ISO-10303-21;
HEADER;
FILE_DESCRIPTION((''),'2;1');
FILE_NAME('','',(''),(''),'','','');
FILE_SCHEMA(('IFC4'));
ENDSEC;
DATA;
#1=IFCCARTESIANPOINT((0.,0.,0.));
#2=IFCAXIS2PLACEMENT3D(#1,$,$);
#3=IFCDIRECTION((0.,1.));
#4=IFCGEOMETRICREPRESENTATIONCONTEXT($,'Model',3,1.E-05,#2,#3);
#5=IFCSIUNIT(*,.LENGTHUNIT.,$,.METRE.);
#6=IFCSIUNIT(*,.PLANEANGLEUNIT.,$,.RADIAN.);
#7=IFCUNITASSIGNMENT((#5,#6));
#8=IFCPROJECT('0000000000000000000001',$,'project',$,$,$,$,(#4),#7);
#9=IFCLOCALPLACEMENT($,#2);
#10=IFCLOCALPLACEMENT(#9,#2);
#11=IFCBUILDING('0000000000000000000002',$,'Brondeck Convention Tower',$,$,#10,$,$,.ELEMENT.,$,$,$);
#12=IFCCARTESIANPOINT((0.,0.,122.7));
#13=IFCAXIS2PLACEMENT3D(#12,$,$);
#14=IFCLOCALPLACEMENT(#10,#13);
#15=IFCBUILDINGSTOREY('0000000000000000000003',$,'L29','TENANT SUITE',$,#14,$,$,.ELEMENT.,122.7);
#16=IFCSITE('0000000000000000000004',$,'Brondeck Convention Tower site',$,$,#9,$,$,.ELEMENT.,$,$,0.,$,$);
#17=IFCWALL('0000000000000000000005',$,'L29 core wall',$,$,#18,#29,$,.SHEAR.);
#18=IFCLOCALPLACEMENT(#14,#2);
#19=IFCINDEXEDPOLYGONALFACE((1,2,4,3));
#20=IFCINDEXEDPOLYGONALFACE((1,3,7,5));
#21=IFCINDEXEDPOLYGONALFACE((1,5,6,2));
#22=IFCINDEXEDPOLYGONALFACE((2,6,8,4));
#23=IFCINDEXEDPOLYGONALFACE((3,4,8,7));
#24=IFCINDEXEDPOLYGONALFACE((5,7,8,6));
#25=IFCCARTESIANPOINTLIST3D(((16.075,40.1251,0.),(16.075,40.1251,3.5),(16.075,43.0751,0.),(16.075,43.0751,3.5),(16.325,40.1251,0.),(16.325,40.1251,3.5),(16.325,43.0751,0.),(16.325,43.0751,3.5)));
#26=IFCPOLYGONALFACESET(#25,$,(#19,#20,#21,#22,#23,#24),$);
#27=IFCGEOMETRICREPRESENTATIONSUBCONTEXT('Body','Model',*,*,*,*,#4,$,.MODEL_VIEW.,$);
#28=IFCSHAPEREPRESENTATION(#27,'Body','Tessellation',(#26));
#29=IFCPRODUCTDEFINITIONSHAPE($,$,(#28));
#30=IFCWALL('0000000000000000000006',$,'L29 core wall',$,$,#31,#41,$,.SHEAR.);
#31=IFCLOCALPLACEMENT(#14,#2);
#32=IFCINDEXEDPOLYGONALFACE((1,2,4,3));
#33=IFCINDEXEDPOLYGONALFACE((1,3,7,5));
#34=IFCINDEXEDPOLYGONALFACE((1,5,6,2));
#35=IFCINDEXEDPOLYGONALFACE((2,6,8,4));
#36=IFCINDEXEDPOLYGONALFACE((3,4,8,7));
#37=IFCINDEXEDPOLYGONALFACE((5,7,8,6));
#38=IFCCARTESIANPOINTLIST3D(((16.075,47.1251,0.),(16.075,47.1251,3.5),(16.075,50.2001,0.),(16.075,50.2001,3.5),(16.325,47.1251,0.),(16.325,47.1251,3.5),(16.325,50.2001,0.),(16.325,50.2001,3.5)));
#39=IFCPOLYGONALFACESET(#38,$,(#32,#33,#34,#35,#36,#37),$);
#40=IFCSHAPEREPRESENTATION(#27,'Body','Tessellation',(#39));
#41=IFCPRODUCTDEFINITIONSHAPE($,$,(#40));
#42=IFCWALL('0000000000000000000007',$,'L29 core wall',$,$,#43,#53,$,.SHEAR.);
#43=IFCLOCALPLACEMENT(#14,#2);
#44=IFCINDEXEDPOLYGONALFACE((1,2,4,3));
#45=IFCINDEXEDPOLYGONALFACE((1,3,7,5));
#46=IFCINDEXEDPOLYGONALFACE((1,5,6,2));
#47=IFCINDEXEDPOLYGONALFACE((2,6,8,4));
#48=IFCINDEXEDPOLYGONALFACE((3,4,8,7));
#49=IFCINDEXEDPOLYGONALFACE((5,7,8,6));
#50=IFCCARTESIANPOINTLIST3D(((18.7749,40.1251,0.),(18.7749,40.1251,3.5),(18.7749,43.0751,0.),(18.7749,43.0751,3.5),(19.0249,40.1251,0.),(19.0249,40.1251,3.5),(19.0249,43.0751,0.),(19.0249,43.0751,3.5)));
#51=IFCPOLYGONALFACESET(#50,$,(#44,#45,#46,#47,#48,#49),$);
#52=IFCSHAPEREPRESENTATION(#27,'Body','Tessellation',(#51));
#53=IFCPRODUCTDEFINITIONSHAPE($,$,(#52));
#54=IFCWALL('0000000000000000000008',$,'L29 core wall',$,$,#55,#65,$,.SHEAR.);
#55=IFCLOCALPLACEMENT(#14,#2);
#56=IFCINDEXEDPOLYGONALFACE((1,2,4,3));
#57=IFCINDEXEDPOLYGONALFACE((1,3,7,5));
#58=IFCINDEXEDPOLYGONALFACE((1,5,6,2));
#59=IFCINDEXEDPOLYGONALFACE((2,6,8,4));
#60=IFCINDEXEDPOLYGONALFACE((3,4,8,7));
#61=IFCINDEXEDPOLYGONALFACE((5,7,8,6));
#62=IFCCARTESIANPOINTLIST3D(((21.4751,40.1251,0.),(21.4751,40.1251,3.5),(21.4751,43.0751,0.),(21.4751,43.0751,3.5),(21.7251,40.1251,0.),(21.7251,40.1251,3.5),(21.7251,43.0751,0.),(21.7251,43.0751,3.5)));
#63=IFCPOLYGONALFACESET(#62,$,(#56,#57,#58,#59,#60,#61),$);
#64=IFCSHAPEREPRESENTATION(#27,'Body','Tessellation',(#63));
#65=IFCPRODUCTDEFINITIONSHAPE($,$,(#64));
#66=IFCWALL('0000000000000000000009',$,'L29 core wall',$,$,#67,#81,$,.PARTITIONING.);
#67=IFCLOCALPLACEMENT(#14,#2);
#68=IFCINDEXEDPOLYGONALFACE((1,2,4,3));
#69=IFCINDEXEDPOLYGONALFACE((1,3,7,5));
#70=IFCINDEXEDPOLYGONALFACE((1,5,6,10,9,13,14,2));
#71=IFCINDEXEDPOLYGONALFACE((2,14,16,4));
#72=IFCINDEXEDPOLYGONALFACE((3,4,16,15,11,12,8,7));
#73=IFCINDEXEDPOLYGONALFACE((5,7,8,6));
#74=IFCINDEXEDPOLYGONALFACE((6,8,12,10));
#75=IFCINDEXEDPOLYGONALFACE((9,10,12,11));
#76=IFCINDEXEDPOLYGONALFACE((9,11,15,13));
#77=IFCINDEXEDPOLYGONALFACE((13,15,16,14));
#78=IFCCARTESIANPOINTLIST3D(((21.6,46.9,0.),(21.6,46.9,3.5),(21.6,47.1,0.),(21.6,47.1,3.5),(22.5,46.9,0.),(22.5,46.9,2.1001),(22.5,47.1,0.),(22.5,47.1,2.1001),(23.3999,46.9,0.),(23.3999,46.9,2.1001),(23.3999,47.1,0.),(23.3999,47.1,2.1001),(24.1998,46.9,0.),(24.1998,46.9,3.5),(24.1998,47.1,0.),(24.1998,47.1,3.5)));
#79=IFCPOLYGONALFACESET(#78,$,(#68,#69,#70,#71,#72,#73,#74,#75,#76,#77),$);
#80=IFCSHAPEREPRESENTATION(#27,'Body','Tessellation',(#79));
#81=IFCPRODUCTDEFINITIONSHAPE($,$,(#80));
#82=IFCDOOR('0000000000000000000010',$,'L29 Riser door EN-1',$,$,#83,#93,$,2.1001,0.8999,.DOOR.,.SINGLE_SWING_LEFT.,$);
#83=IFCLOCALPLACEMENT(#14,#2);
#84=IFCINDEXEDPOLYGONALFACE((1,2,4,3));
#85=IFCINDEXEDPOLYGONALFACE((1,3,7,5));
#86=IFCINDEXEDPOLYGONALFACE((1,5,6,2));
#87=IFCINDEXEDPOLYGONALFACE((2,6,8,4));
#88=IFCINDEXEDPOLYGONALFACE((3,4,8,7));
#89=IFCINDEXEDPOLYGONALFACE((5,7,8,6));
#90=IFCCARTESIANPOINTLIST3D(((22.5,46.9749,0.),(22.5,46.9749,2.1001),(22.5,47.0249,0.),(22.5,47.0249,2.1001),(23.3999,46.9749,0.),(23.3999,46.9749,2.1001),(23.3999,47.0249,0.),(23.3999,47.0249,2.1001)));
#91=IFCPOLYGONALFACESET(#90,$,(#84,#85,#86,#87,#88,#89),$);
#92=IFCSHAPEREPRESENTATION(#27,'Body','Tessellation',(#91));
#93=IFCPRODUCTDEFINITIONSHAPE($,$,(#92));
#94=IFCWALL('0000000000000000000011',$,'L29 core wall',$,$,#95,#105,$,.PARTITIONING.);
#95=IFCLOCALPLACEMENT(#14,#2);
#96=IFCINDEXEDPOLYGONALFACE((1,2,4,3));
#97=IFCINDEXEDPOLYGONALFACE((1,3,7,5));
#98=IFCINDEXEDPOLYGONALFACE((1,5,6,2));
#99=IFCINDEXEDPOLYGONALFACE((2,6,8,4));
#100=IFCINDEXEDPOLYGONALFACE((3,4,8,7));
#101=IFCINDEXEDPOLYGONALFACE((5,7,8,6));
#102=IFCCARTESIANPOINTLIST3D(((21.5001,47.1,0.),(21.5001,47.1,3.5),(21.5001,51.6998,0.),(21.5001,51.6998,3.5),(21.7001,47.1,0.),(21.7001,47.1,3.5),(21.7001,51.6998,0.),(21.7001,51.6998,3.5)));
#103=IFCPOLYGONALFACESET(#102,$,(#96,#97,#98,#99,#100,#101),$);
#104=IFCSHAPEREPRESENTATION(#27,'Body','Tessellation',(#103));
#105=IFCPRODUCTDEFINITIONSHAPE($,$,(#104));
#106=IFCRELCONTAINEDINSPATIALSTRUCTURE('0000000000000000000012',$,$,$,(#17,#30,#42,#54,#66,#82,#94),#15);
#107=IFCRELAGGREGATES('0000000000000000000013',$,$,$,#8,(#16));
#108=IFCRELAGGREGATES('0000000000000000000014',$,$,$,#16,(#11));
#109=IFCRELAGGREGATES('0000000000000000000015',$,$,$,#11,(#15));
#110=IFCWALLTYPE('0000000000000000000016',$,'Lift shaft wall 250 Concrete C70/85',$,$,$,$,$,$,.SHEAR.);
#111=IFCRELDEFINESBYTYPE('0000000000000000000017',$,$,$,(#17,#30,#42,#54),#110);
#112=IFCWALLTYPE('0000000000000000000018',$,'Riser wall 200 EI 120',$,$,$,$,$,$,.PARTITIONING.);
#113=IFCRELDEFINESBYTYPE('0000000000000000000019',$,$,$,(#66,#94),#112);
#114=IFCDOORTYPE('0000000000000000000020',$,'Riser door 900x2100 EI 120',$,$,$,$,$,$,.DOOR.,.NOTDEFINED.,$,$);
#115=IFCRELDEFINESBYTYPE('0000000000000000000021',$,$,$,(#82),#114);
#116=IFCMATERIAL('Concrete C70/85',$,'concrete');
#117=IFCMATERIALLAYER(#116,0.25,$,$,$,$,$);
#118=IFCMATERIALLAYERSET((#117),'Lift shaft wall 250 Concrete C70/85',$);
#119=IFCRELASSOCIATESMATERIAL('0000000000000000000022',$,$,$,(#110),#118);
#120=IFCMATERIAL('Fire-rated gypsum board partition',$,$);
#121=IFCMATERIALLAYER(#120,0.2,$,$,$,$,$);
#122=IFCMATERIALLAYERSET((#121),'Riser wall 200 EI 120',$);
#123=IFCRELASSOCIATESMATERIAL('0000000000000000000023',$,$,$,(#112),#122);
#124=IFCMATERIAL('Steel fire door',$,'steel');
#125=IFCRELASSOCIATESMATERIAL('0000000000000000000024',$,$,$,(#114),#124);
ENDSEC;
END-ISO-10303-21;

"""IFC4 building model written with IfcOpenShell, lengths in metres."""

from ifc_helpers import new_model, si_unit, direction, frame, frame_2d, origin, place, context, subcontext, project, spatial, rectangle, extrude, material, layer, layer_set, type_object, element, fill, save


model = new_model("IFC4")

# Units and contexts
model_context = context("Model", 3, precision=1e-05, world=origin(), true_north=direction((0.0, 1.0)))
body_context = subcontext(model_context, "Body", "Model", "MODEL_VIEW")
ifc_project = project(units=[si_unit("LENGTHUNIT", "METRE"), si_unit("PLANEANGLEUNIT", "RADIAN")], contexts=[model_context])

# Site, building, storey
site_placement = place(None, origin())
site = spatial("IfcSite", under=ifc_project, at=site_placement, Name="Brondeck Convention Tower site", CompositionType="ELEMENT", RefElevation=0.0)
building_placement = place(site_placement, origin())
building = spatial("IfcBuilding", under=site, at=building_placement, Name="Brondeck Convention Tower", CompositionType="ELEMENT")
storey_placement = place(building_placement, frame((0.0, 0.0, 122.7)))
storey = spatial("IfcBuildingStorey", under=building, at=storey_placement, Name="L29", Description="TENANT SUITE", CompositionType="ELEMENT", Elevation=122.7)

# Shared definitions
ifc_material_1 = material(Name="Fire-rated gypsum board partition")

# Shared definitions
ifc_material_2 = material(Name="Steel fire door", Category="steel")

# Walls
ifc_material_3 = material(Name="Concrete C70/85", Category="concrete")
ifc_layer_1 = layer(ifc_material_3, 0.25)
ifc_layer_set_1 = layer_set([ifc_layer_1], Name="Lift shaft wall 250 Concrete C70/85")
wall_type_1 = type_object("IfcWallType", Name="Lift shaft wall 250 Concrete C70/85", PredefinedType="SHEAR", material=ifc_layer_set_1)
wall_1_placement = place(storey_placement, frame((16.2, 40.125, 0.0), z_axis=(0.0, 0.0, 1.0), x_axis=(0.0, 1.0, 0.0)))
element("IfcWall", 1, at=wall_1_placement, inside=storey, type_object=wall_type_1, Name="L29 core wall", PredefinedType="SHEAR", context=body_context, shape_type="SweptSolid", body=[
    extrude(rectangle(XDim=2.95, YDim=0.25, at=frame_2d((1.4751, 0.0))), origin(), (0.0, 0.0, 1.0), 3.5),
])
wall_2_placement = place(storey_placement, frame((16.2, 47.125, 0.0), z_axis=(0.0, 0.0, 1.0), x_axis=(0.0, 1.0, 0.0)))
element("IfcWall", 2, at=wall_2_placement, inside=storey, type_object=wall_type_1, Name="L29 core wall", PredefinedType="SHEAR", context=body_context, shape_type="SweptSolid", body=[
    extrude(rectangle(XDim=3.075, YDim=0.25, at=frame_2d((1.5376, 0.0))), origin(), (0.0, 0.0, 1.0), 3.5),
])
for number, where, z_axis, x_axis, name in (
    (3, (18.8999, 40.125, 0.0), (0.0, 0.0, 1.0), (0.0, 1.0, 0.0), "L29 core wall"),
    (4, (21.6001, 40.125, 0.0), (0.0, 0.0, 1.0), (0.0, 1.0, 0.0), "L29 core wall"),
):
    element("IfcWall", number, at=place(storey_placement, frame(where, z_axis=z_axis, x_axis=x_axis)), inside=storey, type_object=wall_type_1, Name=name, PredefinedType="SHEAR", context=body_context, shape_type="SweptSolid", body=[
        extrude(rectangle(XDim=2.95, YDim=0.25, at=frame_2d((1.4751, 0.0))), origin(), (0.0, 0.0, 1.0), 3.5),
    ])

# Wall, opening, door
ifc_layer_2 = layer(ifc_material_1, 0.2)
ifc_layer_set_2 = layer_set([ifc_layer_2], Name="Riser wall 200 EI 120")
wall_type_2 = type_object("IfcWallType", Name="Riser wall 200 EI 120", PredefinedType="PARTITIONING", material=ifc_layer_set_2)
wall_3_placement = place(storey_placement, frame((21.6001, 47.0, 0.0), z_axis=(0.0, 0.0, 1.0), x_axis=(1.0, 0.0, 0.0)))
wall_3 = element("IfcWall", 5, at=wall_3_placement, inside=storey, type_object=wall_type_2, Name="L29 core wall", PredefinedType="PARTITIONING", context=body_context, shape_type="SweptSolid", body=[
    extrude(rectangle(XDim=2.5999, YDim=0.2, at=frame_2d((1.2998, 0.0))), origin(), (0.0, 0.0, 1.0), 3.5),
])
opening_1_placement = place(wall_3_placement, frame((0.8999, 0.0, 0.0)))
opening_1 = element("IfcOpeningElement", 6, at=opening_1_placement, cuts=wall_3, PredefinedType="OPENING", context=body_context, shape_type="SweptSolid", body=[
    extrude(rectangle(XDim=0.8999, YDim=2.1001, at=frame_2d((0.45, 1.05))), frame((0.0, 0.1099, 0.0), z_axis=(0.0, -1.0, 0.0), x_axis=(1.0, 0.0, 0.0)), (0.0, 0.0, 1.0), 0.22),
])
door_type_1 = type_object("IfcDoorType", Name="Riser door 900x2100 EI 120", OperationType="NOTDEFINED", PredefinedType="DOOR", material=ifc_material_2)
door_1_placement = place(opening_1_placement, origin())
door_1 = element("IfcDoor", 7, at=door_1_placement, inside=storey, type_object=door_type_1, Name="L29 Riser door EN-1", OperationType="SINGLE_SWING_LEFT", OverallHeight=2.1001, OverallWidth=0.8999, PredefinedType="DOOR", context=body_context, shape_type="SweptSolid", body=[
    extrude(rectangle(XDim=0.8999, YDim=2.1001, at=frame_2d((0.45, 1.05))), frame((0.0, 0.0249, 0.0), z_axis=(0.0, -1.0, 0.0), x_axis=(1.0, 0.0, 0.0)), (0.0, 0.0, 1.0), 0.05),
])
fill(opening_1, door_1)

# Wall
wall_4_placement = place(storey_placement, frame((21.6001, 47.1001, 0.0), z_axis=(0.0, 0.0, 1.0), x_axis=(0.0, 1.0, 0.0)))
element("IfcWall", 8, at=wall_4_placement, inside=storey, type_object=wall_type_2, Name="L29 core wall", PredefinedType="PARTITIONING", context=body_context, shape_type="SweptSolid", body=[
    extrude(rectangle(XDim=4.5999, YDim=0.2, at=frame_2d((2.2998, 0.0))), origin(), (0.0, 0.0, 1.0), 3.5),
])

save(model, "model.ifc")
